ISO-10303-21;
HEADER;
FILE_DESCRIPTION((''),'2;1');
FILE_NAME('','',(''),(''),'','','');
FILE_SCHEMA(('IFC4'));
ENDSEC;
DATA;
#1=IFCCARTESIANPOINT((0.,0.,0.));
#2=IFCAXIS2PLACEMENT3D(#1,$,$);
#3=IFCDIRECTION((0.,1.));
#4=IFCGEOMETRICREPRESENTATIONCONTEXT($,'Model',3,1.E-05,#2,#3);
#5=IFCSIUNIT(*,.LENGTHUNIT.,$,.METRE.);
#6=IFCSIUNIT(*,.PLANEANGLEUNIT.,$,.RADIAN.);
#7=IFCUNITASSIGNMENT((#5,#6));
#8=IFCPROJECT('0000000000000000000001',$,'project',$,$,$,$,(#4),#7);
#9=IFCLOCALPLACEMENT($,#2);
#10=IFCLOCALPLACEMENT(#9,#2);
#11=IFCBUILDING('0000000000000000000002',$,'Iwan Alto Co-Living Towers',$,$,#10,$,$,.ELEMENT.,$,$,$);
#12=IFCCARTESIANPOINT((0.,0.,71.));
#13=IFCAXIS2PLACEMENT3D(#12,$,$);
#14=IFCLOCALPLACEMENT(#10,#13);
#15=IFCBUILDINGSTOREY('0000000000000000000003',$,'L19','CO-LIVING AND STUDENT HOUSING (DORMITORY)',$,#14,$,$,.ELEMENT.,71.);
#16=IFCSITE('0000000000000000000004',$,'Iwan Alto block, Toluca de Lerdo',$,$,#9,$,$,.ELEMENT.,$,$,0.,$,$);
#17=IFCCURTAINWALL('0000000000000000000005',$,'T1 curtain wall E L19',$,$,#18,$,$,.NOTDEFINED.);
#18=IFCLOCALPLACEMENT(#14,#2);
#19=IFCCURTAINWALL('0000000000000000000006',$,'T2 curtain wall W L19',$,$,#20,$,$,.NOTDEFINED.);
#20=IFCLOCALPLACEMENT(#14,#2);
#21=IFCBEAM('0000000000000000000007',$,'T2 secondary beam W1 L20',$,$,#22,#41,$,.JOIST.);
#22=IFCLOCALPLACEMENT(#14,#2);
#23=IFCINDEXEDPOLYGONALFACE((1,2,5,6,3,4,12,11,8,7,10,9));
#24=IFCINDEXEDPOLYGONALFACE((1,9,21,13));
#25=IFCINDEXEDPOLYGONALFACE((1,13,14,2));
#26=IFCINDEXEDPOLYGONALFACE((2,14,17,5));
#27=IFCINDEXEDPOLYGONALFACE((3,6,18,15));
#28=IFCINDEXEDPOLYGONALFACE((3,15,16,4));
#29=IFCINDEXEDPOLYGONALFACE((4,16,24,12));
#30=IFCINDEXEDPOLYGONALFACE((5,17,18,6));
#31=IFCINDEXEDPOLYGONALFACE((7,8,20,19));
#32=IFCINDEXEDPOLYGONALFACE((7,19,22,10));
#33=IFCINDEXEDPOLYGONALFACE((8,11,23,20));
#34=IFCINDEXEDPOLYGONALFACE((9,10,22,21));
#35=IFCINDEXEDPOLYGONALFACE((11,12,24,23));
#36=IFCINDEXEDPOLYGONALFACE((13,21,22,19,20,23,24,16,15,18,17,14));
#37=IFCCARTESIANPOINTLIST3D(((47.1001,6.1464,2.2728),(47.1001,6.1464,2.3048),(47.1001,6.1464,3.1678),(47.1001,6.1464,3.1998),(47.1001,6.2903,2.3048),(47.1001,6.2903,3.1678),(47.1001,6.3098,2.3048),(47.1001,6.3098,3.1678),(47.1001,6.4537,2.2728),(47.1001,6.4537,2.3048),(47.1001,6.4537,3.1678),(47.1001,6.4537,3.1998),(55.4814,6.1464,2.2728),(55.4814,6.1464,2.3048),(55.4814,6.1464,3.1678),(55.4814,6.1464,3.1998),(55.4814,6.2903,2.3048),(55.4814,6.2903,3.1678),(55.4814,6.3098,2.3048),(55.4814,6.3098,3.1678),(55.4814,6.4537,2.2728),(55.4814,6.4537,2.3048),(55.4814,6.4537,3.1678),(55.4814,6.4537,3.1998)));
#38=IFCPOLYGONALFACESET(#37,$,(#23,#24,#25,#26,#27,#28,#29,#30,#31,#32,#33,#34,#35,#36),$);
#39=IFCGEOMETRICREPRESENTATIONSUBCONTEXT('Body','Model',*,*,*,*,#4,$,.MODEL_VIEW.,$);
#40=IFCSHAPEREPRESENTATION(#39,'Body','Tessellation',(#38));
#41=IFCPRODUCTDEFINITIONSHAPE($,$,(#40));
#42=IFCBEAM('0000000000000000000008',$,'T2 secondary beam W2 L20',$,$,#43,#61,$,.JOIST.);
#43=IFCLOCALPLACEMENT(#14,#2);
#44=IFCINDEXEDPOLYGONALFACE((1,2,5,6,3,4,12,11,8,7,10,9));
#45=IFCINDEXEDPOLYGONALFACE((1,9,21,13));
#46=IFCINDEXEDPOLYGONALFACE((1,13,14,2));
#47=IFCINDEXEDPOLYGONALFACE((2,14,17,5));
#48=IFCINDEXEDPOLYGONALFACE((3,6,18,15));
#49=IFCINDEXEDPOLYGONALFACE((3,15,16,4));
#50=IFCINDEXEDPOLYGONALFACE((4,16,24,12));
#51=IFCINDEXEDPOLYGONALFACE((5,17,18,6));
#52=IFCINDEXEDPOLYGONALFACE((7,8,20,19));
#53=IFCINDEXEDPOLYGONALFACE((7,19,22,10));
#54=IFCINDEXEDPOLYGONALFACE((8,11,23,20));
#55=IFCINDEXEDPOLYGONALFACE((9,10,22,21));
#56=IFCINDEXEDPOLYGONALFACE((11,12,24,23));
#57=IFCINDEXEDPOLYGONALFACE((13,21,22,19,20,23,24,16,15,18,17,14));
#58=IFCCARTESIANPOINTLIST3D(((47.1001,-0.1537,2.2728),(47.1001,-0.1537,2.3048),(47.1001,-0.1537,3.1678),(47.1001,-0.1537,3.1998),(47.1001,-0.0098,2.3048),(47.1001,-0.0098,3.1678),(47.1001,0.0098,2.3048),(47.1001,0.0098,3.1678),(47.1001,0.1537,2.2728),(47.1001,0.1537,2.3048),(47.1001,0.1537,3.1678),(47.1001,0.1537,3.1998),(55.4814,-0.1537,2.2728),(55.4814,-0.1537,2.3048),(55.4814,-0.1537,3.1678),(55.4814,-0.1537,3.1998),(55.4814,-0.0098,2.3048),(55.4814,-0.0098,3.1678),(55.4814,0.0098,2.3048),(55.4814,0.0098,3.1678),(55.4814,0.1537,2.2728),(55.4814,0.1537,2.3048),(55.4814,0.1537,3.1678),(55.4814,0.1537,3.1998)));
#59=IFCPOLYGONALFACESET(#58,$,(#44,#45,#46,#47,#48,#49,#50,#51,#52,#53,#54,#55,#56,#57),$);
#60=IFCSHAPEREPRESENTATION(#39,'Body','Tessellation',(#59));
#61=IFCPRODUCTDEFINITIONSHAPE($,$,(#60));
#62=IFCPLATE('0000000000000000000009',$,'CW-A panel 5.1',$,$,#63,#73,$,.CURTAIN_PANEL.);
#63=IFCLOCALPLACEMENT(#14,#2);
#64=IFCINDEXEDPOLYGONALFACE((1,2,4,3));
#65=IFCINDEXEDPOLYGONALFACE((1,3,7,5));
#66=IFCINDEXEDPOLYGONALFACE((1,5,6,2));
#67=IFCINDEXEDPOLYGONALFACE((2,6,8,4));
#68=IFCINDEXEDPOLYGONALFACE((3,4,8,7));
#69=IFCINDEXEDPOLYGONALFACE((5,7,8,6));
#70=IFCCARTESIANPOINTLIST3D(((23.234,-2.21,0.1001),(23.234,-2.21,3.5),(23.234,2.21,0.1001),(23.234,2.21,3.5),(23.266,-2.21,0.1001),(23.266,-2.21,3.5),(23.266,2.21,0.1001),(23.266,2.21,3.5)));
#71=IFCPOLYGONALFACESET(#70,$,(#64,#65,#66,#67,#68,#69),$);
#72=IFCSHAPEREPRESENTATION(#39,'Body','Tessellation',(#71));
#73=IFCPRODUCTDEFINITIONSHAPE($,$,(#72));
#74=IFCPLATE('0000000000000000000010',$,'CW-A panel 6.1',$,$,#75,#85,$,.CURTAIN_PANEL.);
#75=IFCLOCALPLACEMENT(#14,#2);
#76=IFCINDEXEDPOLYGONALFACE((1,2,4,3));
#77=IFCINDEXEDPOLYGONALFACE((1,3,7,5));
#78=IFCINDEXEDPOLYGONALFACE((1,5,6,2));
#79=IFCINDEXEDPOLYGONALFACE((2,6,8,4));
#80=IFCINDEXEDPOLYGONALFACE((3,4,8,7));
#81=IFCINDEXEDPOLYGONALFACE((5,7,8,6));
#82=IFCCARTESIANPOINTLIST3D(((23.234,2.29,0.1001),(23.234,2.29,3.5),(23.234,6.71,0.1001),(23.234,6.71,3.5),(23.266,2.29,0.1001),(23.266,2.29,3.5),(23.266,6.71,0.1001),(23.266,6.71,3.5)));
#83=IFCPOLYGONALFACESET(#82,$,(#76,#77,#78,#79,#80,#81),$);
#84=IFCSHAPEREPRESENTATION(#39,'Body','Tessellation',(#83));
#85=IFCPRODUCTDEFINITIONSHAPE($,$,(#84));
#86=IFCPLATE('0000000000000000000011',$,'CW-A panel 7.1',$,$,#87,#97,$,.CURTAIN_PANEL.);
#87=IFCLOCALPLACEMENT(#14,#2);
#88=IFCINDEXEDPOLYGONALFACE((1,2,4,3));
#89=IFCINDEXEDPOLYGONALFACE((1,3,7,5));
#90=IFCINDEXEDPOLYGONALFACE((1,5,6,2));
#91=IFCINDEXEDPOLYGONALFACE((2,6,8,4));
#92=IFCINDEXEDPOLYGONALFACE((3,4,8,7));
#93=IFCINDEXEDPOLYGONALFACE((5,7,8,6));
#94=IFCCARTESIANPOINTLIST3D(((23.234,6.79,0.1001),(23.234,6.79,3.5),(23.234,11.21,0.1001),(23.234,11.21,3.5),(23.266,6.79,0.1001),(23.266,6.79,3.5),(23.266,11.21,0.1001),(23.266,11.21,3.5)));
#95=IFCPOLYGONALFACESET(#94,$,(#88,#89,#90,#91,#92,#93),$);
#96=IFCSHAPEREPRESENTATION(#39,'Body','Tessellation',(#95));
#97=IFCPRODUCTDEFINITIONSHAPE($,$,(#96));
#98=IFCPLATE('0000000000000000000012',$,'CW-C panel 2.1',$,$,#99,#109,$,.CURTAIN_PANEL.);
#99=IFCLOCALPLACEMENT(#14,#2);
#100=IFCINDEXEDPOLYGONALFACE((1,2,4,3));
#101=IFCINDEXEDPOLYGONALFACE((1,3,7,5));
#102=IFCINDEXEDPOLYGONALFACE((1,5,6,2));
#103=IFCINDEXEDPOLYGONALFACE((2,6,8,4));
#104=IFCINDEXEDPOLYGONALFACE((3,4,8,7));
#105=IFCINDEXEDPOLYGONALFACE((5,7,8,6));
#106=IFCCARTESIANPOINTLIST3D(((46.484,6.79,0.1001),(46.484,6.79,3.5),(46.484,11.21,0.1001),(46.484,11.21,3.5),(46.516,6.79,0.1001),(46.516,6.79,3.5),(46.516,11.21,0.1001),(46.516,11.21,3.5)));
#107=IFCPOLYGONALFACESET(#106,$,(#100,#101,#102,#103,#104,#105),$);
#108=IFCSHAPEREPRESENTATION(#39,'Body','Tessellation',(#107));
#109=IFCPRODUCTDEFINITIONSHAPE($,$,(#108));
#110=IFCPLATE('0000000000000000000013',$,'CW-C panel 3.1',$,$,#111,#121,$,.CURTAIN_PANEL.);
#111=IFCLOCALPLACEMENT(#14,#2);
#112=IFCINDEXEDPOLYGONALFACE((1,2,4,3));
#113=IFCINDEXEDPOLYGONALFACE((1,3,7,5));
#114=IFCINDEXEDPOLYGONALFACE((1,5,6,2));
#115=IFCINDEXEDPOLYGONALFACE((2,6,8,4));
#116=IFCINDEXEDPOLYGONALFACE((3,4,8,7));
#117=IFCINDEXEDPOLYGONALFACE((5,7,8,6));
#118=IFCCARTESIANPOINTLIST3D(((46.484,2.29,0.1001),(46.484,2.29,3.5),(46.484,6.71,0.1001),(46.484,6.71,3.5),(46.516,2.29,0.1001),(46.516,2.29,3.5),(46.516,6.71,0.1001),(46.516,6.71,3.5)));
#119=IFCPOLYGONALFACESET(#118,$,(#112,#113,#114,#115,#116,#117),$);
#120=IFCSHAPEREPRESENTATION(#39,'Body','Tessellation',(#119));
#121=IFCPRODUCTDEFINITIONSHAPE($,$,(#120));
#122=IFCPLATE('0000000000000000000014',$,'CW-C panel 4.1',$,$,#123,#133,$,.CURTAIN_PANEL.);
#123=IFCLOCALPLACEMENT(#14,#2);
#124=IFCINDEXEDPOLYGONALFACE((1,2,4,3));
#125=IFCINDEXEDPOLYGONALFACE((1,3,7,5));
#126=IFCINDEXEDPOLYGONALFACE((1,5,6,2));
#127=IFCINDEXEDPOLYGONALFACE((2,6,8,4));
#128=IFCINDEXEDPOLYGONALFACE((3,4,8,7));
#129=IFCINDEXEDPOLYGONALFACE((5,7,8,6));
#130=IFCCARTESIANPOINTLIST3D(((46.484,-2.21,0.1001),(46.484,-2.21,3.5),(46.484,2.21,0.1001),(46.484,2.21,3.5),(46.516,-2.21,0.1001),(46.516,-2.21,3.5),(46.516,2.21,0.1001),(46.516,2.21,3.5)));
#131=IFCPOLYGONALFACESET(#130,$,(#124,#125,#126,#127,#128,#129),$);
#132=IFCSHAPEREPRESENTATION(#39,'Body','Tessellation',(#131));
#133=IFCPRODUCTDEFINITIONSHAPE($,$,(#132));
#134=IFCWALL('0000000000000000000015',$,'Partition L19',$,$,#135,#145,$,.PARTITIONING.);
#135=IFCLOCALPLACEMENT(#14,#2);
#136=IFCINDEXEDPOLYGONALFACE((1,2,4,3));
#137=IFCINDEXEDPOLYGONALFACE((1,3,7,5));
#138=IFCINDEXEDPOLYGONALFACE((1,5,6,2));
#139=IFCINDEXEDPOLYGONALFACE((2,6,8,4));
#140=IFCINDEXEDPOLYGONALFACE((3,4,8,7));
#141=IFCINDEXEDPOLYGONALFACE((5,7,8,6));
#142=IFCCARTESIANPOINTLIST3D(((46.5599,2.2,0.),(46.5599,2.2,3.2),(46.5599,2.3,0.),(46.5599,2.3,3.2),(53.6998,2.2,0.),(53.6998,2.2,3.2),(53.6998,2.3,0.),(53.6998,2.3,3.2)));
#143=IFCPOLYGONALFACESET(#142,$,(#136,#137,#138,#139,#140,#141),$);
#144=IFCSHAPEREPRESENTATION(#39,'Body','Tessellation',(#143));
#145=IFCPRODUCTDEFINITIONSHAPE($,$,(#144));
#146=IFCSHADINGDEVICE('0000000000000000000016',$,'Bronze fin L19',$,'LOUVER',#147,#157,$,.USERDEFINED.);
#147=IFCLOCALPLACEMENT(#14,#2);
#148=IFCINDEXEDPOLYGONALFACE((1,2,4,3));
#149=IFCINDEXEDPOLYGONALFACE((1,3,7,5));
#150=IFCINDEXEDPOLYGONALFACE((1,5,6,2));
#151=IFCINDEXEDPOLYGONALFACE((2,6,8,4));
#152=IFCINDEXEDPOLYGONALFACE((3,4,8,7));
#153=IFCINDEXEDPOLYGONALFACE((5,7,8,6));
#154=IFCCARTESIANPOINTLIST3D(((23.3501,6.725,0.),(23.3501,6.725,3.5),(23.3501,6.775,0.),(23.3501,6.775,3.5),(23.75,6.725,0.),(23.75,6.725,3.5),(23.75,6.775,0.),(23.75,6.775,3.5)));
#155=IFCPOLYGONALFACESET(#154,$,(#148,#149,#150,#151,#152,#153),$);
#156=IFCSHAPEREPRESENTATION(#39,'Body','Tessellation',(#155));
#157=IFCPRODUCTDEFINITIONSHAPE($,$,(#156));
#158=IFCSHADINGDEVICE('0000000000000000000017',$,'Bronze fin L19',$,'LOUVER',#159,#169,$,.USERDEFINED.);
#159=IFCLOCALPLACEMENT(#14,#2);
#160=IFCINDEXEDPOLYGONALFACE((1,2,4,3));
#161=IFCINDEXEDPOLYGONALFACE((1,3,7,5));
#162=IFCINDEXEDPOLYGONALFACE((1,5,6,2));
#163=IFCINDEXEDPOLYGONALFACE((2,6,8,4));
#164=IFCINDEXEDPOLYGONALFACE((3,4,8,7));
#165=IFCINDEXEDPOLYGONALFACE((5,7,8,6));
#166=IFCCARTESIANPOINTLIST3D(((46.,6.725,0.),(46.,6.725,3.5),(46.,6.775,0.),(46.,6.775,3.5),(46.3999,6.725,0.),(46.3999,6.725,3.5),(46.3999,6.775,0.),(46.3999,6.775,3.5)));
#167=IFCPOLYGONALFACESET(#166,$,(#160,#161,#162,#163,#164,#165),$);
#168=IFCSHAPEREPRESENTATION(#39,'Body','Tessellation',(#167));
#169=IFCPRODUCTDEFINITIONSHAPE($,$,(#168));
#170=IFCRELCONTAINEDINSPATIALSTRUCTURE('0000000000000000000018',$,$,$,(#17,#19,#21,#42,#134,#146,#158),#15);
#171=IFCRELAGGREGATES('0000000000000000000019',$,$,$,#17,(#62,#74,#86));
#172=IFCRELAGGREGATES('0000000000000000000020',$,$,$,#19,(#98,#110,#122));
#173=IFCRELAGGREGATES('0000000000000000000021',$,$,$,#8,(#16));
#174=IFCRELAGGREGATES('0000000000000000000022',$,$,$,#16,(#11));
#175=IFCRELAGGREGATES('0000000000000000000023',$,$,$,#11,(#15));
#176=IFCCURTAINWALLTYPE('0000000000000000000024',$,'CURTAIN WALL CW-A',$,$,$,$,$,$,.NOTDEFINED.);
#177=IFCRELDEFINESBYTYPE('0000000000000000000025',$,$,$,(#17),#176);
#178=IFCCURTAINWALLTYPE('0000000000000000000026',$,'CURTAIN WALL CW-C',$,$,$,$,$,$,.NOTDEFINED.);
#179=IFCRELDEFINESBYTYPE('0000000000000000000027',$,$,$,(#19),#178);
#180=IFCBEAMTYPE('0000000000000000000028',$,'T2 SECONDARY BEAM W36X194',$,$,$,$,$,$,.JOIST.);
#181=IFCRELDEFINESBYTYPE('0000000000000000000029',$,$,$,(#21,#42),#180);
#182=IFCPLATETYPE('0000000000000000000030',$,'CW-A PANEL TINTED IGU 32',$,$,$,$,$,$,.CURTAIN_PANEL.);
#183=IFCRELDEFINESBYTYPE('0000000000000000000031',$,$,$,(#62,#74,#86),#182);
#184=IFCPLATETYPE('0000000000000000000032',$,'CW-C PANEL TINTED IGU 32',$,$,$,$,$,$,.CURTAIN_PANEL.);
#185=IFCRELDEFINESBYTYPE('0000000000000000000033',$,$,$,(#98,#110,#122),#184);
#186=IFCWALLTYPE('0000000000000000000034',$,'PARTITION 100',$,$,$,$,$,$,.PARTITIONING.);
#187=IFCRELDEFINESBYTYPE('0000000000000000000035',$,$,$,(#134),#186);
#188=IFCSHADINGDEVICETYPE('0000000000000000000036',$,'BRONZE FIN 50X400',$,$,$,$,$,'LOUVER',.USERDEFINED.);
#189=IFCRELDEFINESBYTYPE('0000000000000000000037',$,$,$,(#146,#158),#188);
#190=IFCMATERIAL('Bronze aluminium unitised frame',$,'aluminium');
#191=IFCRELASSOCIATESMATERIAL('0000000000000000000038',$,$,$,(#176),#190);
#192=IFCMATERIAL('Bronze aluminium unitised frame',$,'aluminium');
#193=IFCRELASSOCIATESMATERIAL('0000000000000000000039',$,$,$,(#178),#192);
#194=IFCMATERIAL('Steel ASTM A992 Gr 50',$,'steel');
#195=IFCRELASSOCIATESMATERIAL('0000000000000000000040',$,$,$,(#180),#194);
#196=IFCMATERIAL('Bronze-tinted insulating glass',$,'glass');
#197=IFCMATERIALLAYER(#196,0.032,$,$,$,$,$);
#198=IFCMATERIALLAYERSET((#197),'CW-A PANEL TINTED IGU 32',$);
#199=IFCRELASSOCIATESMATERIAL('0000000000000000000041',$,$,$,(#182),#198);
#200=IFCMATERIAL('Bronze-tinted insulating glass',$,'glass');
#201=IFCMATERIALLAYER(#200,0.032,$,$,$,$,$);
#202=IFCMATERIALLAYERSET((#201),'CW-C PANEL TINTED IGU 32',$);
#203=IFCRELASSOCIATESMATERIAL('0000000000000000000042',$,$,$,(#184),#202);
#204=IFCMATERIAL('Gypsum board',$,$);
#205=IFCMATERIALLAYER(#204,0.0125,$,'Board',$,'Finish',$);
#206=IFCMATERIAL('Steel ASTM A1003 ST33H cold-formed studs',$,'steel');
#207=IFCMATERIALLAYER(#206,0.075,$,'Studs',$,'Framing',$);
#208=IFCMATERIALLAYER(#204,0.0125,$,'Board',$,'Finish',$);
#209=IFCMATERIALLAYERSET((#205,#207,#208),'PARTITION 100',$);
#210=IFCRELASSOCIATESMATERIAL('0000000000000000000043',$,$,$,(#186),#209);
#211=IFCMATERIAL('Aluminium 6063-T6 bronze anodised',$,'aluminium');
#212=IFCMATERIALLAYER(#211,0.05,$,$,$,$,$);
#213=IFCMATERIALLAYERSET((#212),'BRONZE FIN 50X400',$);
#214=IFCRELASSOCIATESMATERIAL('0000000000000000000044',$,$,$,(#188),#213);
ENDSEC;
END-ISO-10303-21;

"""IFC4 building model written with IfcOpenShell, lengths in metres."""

from ifc_helpers import new_model, si_unit, direction, frame, frame_2d, origin, origin_2d, place, context, subcontext, project, spatial, rectangle, i_section, extrude, material, layer, layer_set, material_profile, profile_set, type_object, element, aggregate, save


model = new_model("IFC4")

# Units and contexts
model_context = context("Model", 3, precision=1e-05, world=origin(), true_north=direction((0.0, 1.0)))
body_context = subcontext(model_context, "Body", "Model", "MODEL_VIEW")
ifc_project = project(units=[si_unit("LENGTHUNIT", "METRE"), si_unit("PLANEANGLEUNIT", "RADIAN")], contexts=[model_context])

# Site, building, storey
site_placement = place(None, origin())
site = spatial("IfcSite", under=ifc_project, at=site_placement, Name="Iwan Alto block, Toluca de Lerdo", CompositionType="ELEMENT", RefElevation=0.0)
building_placement = place(site_placement, origin())
building = spatial("IfcBuilding", under=site, at=building_placement, Name="Iwan Alto Co-Living Towers", CompositionType="ELEMENT")
storey_placement = place(building_placement, frame((0.0, 0.0, 71.0)))
storey = spatial("IfcBuildingStorey", under=building, at=storey_placement, Name="L19", Description="CO-LIVING AND STUDENT HOUSING (DORMITORY)", CompositionType="ELEMENT", Elevation=71.0)

# Curtain walls
ifc_material_1 = material(Name="Bronze aluminium unitised frame", Category="aluminium")
curtain_wall_type_1 = type_object("IfcCurtainWallType", Name="CURTAIN WALL CW-A", PredefinedType="NOTDEFINED", material=ifc_material_1)
curtain_wall_1_placement = place(storey_placement, origin())
curtain_wall_1 = element("IfcCurtainWall", 1, at=curtain_wall_1_placement, inside=storey, type_object=curtain_wall_type_1, Name="T1 curtain wall E L19", PredefinedType="NOTDEFINED")
ifc_material_2 = material(Name="Bronze aluminium unitised frame", Category="aluminium")
curtain_wall_type_2 = type_object("IfcCurtainWallType", Name="CURTAIN WALL CW-C", PredefinedType="NOTDEFINED", material=ifc_material_2)
curtain_wall_2_placement = place(storey_placement, origin())
curtain_wall_2 = element("IfcCurtainWall", 2, at=curtain_wall_2_placement, inside=storey, type_object=curtain_wall_type_2, Name="T2 curtain wall W L19", PredefinedType="NOTDEFINED")

# Beams
ifc_material_3 = material(Name="Steel ASTM A992 Gr 50", Category="steel")
ifc_material_profile_1 = material_profile(ifc_material_3, i_section(OverallWidth=0.3074, OverallDepth=0.927, WebThickness=0.0195, FlangeThickness=0.032, at=origin_2d()), Name="W36X194")
ifc_profile_set_1 = profile_set([ifc_material_profile_1], Name="Steel ASTM A992 Gr 50")
beam_type_1 = type_object("IfcBeamType", Name="T2 SECONDARY BEAM W36X194", PredefinedType="JOIST", material=ifc_profile_set_1)
for number, where, z_axis, x_axis, name in (
    (3, (47.1001, 6.3, 2.7363), (1.0, 0.0, 0.0), (0.0, 1.0, 0.0), "T2 secondary beam W1 L20"),
    (4, (47.1001, 0.0, 2.7363), (1.0, 0.0, 0.0), (0.0, 1.0, 0.0), "T2 secondary beam W2 L20"),
):
    element("IfcBeam", number, at=place(storey_placement, frame(where, z_axis=z_axis, x_axis=x_axis)), inside=storey, type_object=beam_type_1, Name=name, PredefinedType="JOIST", context=body_context, shape_type="SweptSolid", body=[
        extrude(i_section(OverallWidth=0.3074, OverallDepth=0.927, WebThickness=0.0195, FlangeThickness=0.032, at=origin_2d()), origin(), (0.0, 0.0, 1.0), 8.3813),
    ])

# Plates
ifc_material_4 = material(Name="Bronze-tinted insulating glass", Category="glass")
ifc_layer_1 = layer(ifc_material_4, 0.032)
ifc_layer_set_1 = layer_set([ifc_layer_1], Name="CW-A PANEL TINTED IGU 32")
plate_type_1 = type_object("IfcPlateType", Name="CW-A PANEL TINTED IGU 32", PredefinedType="CURTAIN_PANEL", material=ifc_layer_set_1)
plate_1_placement = place(storey_placement, frame((23.25, 0.0, 0.1001), z_axis=(0.0, 0.0, 1.0), x_axis=(0.0, 1.0, 0.0)))
plate_1 = element("IfcPlate", 5, at=plate_1_placement, type_object=plate_type_1, Name="CW-A panel 5.1", PredefinedType="CURTAIN_PANEL", context=body_context, shape_type="SweptSolid", body=[
    extrude(rectangle(XDim=4.4199, YDim=0.032, at=origin_2d()), origin(), (0.0, 0.0, 1.0), 3.3999),
])
plate_2_placement = place(storey_placement, frame((23.25, 4.5, 0.1001), z_axis=(0.0, 0.0, 1.0), x_axis=(0.0, 1.0, 0.0)))
plate_2 = element("IfcPlate", 6, at=plate_2_placement, type_object=plate_type_1, Name="CW-A panel 6.1", PredefinedType="CURTAIN_PANEL", context=body_context, shape_type="SweptSolid", body=[
    extrude(rectangle(XDim=4.4199, YDim=0.032, at=origin_2d()), origin(), (0.0, 0.0, 1.0), 3.3999),
])
plate_3_placement = place(storey_placement, frame((23.25, 9.0, 0.1001), z_axis=(0.0, 0.0, 1.0), x_axis=(0.0, 1.0, 0.0)))
plate_3 = element("IfcPlate", 7, at=plate_3_placement, type_object=plate_type_1, Name="CW-A panel 7.1", PredefinedType="CURTAIN_PANEL", context=body_context, shape_type="SweptSolid", body=[
    extrude(rectangle(XDim=4.4199, YDim=0.032, at=origin_2d()), origin(), (0.0, 0.0, 1.0), 3.3999),
])
aggregate(curtain_wall_1, [plate_1, plate_2, plate_3])
ifc_material_5 = material(Name="Bronze-tinted insulating glass", Category="glass")
ifc_layer_2 = layer(ifc_material_5, 0.032)
ifc_layer_set_2 = layer_set([ifc_layer_2], Name="CW-C PANEL TINTED IGU 32")
plate_type_2 = type_object("IfcPlateType", Name="CW-C PANEL TINTED IGU 32", PredefinedType="CURTAIN_PANEL", material=ifc_layer_set_2)
plate_4_placement = place(storey_placement, frame((46.5, 9.0, 0.1001), z_axis=(0.0, 0.0, 1.0), x_axis=(0.0, -1.0, 0.0)))
plate_4 = element("IfcPlate", 8, at=plate_4_placement, type_object=plate_type_2, Name="CW-C panel 2.1", PredefinedType="CURTAIN_PANEL", context=body_context, shape_type="SweptSolid", body=[
    extrude(rectangle(XDim=4.4199, YDim=0.032, at=origin_2d()), origin(), (0.0, 0.0, 1.0), 3.3999),
])
plate_5_placement = place(storey_placement, frame((46.5, 4.5, 0.1001), z_axis=(0.0, 0.0, 1.0), x_axis=(0.0, -1.0, 0.0)))
plate_5 = element("IfcPlate", 9, at=plate_5_placement, type_object=plate_type_2, Name="CW-C panel 3.1", PredefinedType="CURTAIN_PANEL", context=body_context, shape_type="SweptSolid", body=[
    extrude(rectangle(XDim=4.4199, YDim=0.032, at=origin_2d()), origin(), (0.0, 0.0, 1.0), 3.3999),
])
plate_6_placement = place(storey_placement, frame((46.5, 0.0, 0.1001), z_axis=(0.0, 0.0, 1.0), x_axis=(0.0, -1.0, 0.0)))
plate_6 = element("IfcPlate", 10, at=plate_6_placement, type_object=plate_type_2, Name="CW-C panel 4.1", PredefinedType="CURTAIN_PANEL", context=body_context, shape_type="SweptSolid", body=[
    extrude(rectangle(XDim=4.4199, YDim=0.032, at=origin_2d()), origin(), (0.0, 0.0, 1.0), 3.3999),
])
aggregate(curtain_wall_2, [plate_4, plate_5, plate_6])

# Wall
ifc_material_6 = material(Name="Gypsum board")
ifc_layer_3 = layer(ifc_material_6, 0.0125, Name="Board", Category="Finish")
ifc_material_7 = material(Name="Steel ASTM A1003 ST33H cold-formed studs", Category="steel")
ifc_layer_4 = layer(ifc_material_7, 0.075, Name="Studs", Category="Framing")
ifc_layer_5 = layer(ifc_material_6, 0.0125, Name="Board", Category="Finish")
ifc_layer_set_3 = layer_set([ifc_layer_3, ifc_layer_4, ifc_layer_5], Name="PARTITION 100")
wall_type = type_object("IfcWallType", Name="PARTITION 100", PredefinedType="PARTITIONING", material=ifc_layer_set_3)
wall_placement = place(storey_placement, frame((46.5601, 2.25, 0.0), z_axis=(0.0, 0.0, 1.0), x_axis=(1.0, 0.0, 0.0)))
element("IfcWall", 11, at=wall_placement, inside=storey, type_object=wall_type, Name="Partition L19", PredefinedType="PARTITIONING", context=body_context, shape_type="SweptSolid", body=[
    extrude(rectangle(XDim=7.1399, YDim=0.1001, at=frame_2d((3.5698, 0.0))), origin(), (0.0, 0.0, 1.0), 3.2),
])

# Shading devices
ifc_material_8 = material(Name="Aluminium 6063-T6 bronze anodised", Category="aluminium")
ifc_layer_6 = layer(ifc_material_8, 0.05)
ifc_layer_set_4 = layer_set([ifc_layer_6], Name="BRONZE FIN 50X400")
shading_device_type = type_object("IfcShadingDeviceType", Name="BRONZE FIN 50X400", ElementType="LOUVER", PredefinedType="USERDEFINED", material=ifc_layer_set_4)
for number, where, z_axis, x_axis, name in (
    (12, (23.55, 6.75, 0.0), (0.0, 0.0, 1.0), (0.0, 1.0, 0.0), "Bronze fin L19"),
    (13, (46.2, 6.75, 0.0), (0.0, 0.0, 1.0), (0.0, -1.0, 0.0), "Bronze fin L19"),
):
    element("IfcShadingDevice", number, at=place(storey_placement, frame(where, z_axis=z_axis, x_axis=x_axis)), inside=storey, type_object=shading_device_type, Name=name, ObjectType="LOUVER", PredefinedType="USERDEFINED", context=body_context, shape_type="SweptSolid", body=[
        extrude(rectangle(XDim=0.05, YDim=0.3999, at=origin_2d()), origin(), (0.0, 0.0, 1.0), 3.5),
    ])

save(model, "model.ifc")
